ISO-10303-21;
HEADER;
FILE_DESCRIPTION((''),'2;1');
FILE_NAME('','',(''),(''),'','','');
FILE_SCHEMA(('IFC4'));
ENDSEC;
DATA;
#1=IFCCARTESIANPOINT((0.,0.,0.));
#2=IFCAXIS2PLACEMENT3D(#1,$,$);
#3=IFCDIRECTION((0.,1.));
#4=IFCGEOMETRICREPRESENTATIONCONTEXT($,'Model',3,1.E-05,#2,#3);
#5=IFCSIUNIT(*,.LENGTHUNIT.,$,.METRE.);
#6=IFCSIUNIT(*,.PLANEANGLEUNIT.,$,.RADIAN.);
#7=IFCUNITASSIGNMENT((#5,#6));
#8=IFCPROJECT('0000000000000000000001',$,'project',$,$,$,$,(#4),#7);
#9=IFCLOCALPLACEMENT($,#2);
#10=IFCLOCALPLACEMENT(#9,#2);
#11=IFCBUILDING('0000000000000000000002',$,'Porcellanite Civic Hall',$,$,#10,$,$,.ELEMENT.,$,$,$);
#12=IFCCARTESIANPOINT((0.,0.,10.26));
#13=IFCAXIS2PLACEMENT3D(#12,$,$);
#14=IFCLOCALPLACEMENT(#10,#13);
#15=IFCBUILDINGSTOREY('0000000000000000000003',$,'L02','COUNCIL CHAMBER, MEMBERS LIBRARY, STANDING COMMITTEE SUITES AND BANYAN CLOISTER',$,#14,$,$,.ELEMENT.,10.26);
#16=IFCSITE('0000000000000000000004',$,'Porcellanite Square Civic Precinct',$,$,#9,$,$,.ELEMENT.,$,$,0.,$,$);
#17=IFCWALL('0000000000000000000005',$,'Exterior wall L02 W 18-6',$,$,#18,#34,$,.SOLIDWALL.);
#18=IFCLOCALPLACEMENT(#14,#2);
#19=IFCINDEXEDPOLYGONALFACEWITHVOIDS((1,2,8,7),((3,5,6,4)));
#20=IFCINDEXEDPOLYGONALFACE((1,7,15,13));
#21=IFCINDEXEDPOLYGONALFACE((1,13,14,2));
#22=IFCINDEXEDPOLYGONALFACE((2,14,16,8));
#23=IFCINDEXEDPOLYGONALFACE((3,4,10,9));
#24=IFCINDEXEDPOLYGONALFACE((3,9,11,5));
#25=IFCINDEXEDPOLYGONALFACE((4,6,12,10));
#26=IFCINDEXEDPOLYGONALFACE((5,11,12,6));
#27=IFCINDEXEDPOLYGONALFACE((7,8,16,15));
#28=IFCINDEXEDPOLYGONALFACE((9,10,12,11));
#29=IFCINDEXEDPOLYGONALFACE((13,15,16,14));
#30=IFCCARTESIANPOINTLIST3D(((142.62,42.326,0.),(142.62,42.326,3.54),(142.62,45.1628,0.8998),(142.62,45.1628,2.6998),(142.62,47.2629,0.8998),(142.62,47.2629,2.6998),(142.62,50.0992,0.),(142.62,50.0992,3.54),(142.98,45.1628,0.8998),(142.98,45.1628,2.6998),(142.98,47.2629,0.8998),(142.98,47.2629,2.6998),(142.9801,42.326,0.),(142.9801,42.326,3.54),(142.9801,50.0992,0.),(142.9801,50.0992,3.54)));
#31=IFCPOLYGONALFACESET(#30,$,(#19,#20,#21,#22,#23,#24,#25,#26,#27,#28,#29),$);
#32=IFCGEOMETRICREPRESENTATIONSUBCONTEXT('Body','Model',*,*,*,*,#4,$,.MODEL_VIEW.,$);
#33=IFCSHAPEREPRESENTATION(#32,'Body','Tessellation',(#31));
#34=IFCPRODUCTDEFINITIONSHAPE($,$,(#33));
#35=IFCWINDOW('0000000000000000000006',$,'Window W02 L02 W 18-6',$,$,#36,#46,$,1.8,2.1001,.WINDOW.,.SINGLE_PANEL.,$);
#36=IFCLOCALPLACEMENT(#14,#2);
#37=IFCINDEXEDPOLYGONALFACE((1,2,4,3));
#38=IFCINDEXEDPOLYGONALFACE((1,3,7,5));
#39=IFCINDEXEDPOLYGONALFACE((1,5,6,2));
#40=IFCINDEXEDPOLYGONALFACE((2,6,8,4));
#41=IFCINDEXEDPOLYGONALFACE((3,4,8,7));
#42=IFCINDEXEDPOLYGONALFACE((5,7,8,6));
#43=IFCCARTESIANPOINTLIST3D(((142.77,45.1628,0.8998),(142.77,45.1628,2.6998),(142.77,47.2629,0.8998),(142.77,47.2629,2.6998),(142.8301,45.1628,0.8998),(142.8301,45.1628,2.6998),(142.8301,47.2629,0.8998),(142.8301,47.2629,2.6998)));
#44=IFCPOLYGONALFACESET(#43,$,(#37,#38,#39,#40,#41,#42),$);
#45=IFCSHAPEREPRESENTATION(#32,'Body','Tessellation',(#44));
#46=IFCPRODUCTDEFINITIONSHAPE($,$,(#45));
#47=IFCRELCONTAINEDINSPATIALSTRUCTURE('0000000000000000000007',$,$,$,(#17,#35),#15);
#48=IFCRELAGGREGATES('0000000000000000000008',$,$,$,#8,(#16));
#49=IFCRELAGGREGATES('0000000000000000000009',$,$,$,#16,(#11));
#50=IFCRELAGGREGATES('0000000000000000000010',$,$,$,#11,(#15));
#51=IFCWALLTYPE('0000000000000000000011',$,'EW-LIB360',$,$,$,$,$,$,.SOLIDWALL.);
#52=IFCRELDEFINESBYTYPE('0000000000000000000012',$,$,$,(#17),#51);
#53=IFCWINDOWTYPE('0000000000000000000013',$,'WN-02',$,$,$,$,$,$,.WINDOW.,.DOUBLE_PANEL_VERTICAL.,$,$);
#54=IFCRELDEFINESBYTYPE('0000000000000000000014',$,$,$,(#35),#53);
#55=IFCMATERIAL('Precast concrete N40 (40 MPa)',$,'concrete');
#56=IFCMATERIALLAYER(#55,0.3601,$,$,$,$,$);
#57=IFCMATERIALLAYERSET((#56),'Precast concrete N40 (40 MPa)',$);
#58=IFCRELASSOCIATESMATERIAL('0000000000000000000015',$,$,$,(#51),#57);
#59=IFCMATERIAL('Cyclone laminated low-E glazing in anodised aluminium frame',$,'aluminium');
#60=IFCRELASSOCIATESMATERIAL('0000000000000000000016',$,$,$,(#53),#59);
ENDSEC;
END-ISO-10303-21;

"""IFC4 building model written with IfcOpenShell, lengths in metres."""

from ifc_helpers import new_model, si_unit, direction, frame, frame_2d, origin, place, context, subcontext, project, spatial, rectangle, extrude, material, layer, layer_set, type_object, element, fill, save


model = new_model("IFC4")

# Units and contexts
model_context = context("Model", 3, precision=1e-05, world=origin(), true_north=direction((0.0, 1.0)))
body_context = subcontext(model_context, "Body", "Model", "MODEL_VIEW")
ifc_project = project(units=[si_unit("LENGTHUNIT", "METRE"), si_unit("PLANEANGLEUNIT", "RADIAN")], contexts=[model_context])

# Site, building, storey
site_placement = place(None, origin())
site = spatial("IfcSite", under=ifc_project, at=site_placement, Name="Porcellanite Square Civic Precinct", CompositionType="ELEMENT", RefElevation=0.0)
building_placement = place(site_placement, origin())
building = spatial("IfcBuilding", under=site, at=building_placement, Name="Porcellanite Civic Hall", CompositionType="ELEMENT")
storey_placement = place(building_placement, frame((0.0, 0.0, 10.26)))
storey = spatial("IfcBuildingStorey", under=building, at=storey_placement, Name="L02", Description="COUNCIL CHAMBER, MEMBERS LIBRARY, STANDING COMMITTEE SUITES AND BANYAN CLOISTER", CompositionType="ELEMENT", Elevation=10.26)

# Wall, opening, window
ifc_material_1 = material(Name="Precast concrete N40 (40 MPa)", Category="concrete")
ifc_layer_1 = layer(ifc_material_1, 0.3601)
ifc_layer_set_1 = layer_set([ifc_layer_1], Name="Precast concrete N40 (40 MPa)")
wall_type = type_object("IfcWallType", Name="EW-LIB360", PredefinedType="SOLIDWALL", material=ifc_layer_set_1)
wall_placement = place(storey_placement, frame((142.8, 42.3259, 0.0), z_axis=(0.0, 0.0, 1.0), x_axis=(0.0, 1.0, 0.0)))
wall = element("IfcWall", 1, at=wall_placement, inside=storey, type_object=wall_type, Name="Exterior wall L02 W 18-6", PredefinedType="SOLIDWALL", context=body_context, shape_type="SweptSolid", body=[
    extrude(rectangle(XDim=7.7732, YDim=0.3601, at=frame_2d((3.8867, 0.0))), origin(), (0.0, 0.0, 1.0), 3.54),
])
opening_placement = place(wall_placement, frame((2.8369, 0.0, 0.8999)))
opening = element("IfcOpeningElement", 2, at=opening_placement, cuts=wall, PredefinedType="OPENING", context=body_context, shape_type="SweptSolid", body=[
    extrude(rectangle(XDim=2.1001, YDim=1.8, at=frame_2d((1.05, 0.8999))), frame((0.0, 0.1802, 0.0), z_axis=(0.0, -1.0, 0.0), x_axis=(1.0, 0.0, 0.0)), (0.0, 0.0, 1.0), 0.3601),
])
ifc_material_2 = material(Name="Cyclone laminated low-E glazing in anodised aluminium frame", Category="aluminium")
window_type = type_object("IfcWindowType", Name="WN-02", PartitioningType="DOUBLE_PANEL_VERTICAL", PredefinedType="WINDOW", material=ifc_material_2)
window_placement = place(opening_placement, origin())
window = element("IfcWindow", 3, at=window_placement, inside=storey, type_object=window_type, Name="Window W02 L02 W 18-6", OverallHeight=1.8, OverallWidth=2.1001, PartitioningType="SINGLE_PANEL", PredefinedType="WINDOW", context=body_context, shape_type="SweptSolid", body=[
    extrude(rectangle(XDim=2.1001, YDim=1.8, at=frame_2d((1.05, 0.8999))), frame((0.0, 0.03, 0.0), z_axis=(0.0, -1.0, 0.0), x_axis=(1.0, 0.0, 0.0)), (0.0, 0.0, 1.0), 0.0601),
])
fill(opening, window)

save(model, "model.ifc")
